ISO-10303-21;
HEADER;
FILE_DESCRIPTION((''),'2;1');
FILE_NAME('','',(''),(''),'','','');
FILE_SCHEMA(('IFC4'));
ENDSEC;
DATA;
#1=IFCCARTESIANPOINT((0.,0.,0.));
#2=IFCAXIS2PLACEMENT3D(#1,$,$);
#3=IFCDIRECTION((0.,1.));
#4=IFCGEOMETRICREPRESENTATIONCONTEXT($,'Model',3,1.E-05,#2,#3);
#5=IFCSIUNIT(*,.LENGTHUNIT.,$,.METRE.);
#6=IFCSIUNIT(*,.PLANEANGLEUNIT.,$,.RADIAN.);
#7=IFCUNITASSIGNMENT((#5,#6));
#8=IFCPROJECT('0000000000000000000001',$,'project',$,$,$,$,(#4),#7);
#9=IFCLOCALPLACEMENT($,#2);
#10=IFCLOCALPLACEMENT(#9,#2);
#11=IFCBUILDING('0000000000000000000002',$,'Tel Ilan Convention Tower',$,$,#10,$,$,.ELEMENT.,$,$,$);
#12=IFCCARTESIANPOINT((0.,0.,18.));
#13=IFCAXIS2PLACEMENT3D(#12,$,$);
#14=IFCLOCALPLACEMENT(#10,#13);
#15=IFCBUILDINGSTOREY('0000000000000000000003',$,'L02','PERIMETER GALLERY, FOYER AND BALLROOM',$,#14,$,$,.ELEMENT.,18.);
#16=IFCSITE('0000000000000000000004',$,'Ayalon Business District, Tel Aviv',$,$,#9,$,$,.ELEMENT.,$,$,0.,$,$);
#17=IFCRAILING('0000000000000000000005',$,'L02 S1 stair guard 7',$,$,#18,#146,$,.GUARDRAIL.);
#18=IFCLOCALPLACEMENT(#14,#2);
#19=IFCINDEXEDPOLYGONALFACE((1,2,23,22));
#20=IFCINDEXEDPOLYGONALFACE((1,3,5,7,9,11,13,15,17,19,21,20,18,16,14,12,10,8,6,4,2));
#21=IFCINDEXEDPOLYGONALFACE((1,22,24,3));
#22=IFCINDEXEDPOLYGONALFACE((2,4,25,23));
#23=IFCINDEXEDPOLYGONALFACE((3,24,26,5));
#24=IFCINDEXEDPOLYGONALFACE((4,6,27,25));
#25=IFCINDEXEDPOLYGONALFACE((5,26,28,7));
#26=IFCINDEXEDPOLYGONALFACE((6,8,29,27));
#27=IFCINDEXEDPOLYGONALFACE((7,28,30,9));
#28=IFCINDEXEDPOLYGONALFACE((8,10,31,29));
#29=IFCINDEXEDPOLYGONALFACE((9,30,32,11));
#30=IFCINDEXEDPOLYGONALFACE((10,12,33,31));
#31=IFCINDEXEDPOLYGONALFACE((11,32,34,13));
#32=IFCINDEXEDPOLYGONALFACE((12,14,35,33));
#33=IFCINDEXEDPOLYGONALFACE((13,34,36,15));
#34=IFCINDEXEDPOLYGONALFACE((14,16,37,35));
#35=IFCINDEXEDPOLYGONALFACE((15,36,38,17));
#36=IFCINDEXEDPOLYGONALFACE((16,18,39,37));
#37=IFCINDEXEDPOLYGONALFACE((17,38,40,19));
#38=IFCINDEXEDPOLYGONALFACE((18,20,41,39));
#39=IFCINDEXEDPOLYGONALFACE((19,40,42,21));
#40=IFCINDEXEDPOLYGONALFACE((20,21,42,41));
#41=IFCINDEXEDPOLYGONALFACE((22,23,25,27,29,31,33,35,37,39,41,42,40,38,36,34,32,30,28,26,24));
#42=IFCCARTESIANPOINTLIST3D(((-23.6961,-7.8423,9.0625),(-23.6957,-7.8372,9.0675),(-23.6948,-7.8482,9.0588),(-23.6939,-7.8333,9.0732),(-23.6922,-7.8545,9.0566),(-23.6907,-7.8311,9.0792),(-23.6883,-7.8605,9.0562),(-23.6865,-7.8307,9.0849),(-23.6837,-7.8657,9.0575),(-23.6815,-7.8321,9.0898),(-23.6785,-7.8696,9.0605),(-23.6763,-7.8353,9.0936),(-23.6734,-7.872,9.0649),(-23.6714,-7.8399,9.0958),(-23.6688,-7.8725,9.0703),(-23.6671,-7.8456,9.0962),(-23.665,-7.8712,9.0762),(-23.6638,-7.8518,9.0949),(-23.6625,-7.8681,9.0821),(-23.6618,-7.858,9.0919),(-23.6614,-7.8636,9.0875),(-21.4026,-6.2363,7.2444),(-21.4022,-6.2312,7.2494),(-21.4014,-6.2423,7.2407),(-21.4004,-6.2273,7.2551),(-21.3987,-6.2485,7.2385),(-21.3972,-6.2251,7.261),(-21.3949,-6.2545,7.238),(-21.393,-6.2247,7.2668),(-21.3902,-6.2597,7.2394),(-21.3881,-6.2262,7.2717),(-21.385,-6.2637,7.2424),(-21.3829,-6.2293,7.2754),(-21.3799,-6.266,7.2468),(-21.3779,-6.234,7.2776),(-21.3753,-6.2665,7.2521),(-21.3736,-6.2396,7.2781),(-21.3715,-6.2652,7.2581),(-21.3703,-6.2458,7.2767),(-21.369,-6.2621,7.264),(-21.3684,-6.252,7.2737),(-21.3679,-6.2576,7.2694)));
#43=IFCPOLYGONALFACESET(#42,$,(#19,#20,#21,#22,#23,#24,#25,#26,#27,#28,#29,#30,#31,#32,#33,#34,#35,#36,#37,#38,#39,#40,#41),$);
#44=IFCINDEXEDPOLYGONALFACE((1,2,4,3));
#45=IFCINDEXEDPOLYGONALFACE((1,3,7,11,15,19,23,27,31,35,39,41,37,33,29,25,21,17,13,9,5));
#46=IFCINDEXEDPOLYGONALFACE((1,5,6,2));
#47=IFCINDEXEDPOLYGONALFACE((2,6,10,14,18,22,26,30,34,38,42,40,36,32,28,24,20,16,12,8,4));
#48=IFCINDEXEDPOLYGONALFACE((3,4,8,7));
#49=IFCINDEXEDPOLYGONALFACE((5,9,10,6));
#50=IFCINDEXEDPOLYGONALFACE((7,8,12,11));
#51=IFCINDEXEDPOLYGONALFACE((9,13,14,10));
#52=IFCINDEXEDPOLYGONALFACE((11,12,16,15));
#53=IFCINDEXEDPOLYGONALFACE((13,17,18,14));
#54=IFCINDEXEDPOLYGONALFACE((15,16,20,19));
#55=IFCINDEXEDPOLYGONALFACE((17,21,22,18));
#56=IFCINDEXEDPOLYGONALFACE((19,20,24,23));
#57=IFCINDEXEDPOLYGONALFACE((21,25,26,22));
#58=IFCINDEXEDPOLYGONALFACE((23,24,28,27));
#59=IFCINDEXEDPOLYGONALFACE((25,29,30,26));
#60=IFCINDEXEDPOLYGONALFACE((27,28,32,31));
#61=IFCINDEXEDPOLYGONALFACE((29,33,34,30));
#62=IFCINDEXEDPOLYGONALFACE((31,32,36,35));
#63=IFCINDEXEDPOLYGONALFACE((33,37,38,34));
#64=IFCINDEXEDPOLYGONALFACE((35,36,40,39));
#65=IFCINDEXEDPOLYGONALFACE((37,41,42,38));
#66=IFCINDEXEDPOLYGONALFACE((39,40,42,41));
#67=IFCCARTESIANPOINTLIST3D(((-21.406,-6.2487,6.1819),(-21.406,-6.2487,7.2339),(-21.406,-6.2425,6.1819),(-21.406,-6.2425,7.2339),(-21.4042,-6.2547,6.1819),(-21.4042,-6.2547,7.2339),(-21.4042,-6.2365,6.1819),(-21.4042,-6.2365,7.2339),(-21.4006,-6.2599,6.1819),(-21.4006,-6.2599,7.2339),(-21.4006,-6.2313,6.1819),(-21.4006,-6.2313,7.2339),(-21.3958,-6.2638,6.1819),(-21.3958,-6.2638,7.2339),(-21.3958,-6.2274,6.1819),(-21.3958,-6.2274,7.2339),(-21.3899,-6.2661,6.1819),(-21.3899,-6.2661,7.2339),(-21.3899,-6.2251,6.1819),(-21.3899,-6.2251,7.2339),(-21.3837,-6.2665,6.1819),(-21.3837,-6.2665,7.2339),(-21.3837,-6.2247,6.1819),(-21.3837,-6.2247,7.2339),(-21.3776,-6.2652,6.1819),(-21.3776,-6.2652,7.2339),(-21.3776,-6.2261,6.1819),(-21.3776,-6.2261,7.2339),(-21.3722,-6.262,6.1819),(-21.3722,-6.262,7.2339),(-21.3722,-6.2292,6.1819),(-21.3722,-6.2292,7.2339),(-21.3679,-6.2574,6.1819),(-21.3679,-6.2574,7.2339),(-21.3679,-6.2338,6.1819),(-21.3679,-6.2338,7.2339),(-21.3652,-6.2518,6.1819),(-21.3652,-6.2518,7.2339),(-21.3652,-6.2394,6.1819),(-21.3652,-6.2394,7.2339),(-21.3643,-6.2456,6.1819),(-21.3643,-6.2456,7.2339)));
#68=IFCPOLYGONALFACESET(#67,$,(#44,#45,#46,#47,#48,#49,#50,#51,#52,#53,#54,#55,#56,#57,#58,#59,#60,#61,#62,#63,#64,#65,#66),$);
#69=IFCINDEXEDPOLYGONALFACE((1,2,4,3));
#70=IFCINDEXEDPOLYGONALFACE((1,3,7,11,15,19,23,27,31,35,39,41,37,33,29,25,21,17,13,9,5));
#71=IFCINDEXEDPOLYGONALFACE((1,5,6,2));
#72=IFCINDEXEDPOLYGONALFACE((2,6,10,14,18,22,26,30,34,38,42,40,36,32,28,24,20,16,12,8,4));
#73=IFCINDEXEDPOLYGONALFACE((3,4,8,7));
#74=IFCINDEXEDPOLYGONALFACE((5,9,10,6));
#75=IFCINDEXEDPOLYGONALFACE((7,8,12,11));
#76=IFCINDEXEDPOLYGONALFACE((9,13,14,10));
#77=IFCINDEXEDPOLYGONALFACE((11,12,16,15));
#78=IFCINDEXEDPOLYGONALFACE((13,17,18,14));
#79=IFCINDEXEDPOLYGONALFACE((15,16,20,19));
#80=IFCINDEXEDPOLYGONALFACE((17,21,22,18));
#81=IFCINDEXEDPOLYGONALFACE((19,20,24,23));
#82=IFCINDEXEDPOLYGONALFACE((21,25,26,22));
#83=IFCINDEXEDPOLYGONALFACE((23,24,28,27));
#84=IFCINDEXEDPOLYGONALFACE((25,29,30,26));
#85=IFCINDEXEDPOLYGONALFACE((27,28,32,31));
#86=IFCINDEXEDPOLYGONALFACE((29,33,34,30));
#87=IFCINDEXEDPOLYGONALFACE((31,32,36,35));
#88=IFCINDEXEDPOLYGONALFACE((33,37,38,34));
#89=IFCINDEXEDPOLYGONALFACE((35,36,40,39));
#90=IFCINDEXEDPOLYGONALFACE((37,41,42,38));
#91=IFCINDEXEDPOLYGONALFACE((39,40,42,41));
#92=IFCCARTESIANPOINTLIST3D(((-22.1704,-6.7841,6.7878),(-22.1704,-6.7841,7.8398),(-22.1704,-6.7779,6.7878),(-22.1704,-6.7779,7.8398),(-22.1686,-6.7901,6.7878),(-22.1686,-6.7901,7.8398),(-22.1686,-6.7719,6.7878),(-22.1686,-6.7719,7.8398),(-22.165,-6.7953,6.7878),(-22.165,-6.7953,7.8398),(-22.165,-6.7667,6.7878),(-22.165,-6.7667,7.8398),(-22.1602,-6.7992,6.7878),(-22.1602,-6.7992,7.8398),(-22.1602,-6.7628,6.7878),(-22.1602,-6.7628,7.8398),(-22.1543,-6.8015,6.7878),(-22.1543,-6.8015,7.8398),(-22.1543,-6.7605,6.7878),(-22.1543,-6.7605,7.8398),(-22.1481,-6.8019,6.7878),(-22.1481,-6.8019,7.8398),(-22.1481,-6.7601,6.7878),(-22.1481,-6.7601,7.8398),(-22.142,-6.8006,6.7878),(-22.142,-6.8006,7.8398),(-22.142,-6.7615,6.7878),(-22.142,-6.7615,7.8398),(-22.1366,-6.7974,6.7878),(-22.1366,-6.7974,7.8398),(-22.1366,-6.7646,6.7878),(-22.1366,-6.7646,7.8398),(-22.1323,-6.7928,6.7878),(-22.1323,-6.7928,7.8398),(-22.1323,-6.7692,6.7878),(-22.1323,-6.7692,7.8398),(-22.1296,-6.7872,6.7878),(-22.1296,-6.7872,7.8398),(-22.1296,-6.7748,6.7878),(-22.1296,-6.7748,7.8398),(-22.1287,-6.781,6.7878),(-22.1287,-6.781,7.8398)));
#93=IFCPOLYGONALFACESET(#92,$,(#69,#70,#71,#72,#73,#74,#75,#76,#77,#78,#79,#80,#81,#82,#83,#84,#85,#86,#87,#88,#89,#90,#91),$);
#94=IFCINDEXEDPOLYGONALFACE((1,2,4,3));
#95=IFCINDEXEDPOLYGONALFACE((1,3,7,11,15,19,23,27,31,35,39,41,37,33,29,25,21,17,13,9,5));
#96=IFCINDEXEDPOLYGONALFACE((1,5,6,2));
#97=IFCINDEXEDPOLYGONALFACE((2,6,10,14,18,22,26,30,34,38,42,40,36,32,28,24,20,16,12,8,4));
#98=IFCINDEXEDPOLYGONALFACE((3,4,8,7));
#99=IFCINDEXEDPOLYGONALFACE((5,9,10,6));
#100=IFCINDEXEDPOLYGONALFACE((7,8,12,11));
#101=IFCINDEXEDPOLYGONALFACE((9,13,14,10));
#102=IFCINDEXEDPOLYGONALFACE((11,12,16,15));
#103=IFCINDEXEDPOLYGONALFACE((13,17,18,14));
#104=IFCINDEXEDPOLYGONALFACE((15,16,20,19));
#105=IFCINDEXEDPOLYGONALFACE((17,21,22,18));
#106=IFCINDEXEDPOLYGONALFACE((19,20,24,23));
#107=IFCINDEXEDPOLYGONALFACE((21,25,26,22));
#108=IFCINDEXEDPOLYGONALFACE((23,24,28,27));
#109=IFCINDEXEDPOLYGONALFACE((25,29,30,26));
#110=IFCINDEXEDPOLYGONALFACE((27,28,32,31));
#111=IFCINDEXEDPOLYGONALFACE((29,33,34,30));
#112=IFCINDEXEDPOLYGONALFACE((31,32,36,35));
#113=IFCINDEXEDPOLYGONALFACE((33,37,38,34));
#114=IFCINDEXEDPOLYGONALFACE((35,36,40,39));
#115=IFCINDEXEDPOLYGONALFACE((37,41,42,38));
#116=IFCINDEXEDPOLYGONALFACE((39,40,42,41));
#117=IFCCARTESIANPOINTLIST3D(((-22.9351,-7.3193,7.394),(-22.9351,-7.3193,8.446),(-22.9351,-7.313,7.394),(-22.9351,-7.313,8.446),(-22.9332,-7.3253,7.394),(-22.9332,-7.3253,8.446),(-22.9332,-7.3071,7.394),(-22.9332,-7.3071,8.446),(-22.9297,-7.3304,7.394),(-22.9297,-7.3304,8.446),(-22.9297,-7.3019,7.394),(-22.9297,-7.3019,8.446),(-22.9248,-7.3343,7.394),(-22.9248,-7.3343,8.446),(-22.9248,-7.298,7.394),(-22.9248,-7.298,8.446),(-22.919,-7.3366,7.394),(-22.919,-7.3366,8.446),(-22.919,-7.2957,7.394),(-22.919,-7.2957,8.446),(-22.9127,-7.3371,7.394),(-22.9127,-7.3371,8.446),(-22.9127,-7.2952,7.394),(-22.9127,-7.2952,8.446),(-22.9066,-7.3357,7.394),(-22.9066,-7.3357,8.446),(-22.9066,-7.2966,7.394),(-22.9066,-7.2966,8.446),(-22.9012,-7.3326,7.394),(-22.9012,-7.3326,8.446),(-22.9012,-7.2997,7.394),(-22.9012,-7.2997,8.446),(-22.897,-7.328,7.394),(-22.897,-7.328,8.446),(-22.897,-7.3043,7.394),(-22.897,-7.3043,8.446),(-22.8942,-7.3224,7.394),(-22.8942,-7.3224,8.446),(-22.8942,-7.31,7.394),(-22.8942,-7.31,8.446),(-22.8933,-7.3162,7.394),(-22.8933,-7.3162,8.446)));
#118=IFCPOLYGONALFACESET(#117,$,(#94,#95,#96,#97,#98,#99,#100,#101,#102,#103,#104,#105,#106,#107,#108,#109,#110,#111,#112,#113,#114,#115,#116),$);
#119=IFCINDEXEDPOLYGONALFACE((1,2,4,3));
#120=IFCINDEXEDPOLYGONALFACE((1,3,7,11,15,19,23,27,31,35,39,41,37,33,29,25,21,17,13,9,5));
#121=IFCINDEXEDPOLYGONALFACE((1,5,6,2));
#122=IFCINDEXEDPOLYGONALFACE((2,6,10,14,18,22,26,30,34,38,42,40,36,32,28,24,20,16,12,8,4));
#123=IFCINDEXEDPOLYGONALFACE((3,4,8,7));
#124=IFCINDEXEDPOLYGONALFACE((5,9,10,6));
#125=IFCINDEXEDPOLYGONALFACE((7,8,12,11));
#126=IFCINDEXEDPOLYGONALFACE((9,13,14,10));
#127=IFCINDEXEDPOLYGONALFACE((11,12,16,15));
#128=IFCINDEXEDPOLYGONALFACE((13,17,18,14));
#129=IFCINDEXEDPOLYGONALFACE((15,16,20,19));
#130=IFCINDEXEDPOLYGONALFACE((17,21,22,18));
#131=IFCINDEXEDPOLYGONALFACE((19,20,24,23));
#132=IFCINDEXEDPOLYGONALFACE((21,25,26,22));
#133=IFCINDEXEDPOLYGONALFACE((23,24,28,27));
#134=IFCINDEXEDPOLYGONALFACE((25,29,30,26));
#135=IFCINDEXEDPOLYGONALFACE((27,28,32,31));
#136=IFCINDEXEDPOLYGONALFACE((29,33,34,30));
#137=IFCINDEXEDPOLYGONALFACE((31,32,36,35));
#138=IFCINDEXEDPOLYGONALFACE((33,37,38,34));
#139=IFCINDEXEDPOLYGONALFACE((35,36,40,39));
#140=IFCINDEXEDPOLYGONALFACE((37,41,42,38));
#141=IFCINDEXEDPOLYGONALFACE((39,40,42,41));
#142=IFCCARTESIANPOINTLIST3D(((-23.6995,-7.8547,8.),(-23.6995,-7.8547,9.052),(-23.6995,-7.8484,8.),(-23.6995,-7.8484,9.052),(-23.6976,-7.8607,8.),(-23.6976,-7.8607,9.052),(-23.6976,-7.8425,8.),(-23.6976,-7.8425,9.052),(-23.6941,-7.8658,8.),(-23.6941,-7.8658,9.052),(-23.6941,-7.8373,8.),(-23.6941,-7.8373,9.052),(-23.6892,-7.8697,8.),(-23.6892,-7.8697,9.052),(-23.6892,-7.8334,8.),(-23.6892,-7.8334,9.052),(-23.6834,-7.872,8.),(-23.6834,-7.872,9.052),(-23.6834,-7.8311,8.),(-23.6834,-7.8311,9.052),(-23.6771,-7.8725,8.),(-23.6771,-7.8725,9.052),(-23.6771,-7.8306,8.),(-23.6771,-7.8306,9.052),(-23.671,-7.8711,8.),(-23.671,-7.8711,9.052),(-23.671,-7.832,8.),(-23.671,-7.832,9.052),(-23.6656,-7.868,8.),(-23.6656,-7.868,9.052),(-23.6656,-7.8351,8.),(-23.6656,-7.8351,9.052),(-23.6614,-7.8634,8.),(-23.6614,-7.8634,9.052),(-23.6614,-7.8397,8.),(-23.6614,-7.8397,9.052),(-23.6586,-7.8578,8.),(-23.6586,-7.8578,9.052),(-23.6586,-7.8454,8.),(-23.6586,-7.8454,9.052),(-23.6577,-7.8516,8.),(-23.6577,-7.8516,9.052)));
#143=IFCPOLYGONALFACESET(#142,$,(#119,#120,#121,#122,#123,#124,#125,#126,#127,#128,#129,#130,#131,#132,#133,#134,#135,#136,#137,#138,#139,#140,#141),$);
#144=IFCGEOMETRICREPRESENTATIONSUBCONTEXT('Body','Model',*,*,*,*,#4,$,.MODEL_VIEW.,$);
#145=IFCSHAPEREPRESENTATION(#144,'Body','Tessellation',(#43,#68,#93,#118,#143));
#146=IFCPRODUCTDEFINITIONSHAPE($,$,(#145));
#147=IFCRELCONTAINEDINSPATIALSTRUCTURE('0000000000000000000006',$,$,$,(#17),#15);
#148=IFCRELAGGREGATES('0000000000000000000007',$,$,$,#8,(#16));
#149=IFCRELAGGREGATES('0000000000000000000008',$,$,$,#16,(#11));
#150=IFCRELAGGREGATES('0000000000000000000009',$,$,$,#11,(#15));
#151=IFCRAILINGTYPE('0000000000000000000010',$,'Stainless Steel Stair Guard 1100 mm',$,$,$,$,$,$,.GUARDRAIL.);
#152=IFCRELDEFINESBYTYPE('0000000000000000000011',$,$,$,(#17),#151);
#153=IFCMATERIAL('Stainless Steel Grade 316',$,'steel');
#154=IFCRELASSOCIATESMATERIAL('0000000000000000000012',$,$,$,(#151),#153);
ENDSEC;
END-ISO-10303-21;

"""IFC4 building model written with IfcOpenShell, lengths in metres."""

from ifc_helpers import new_model, si_unit, direction, frame, origin, origin_2d, place, context, subcontext, project, spatial, circle, extrude, material, type_object, element, save


model = new_model("IFC4")

# Units and contexts
model_context = context("Model", 3, precision=1e-05, world=origin(), true_north=direction((0.0, 1.0)))
body_context = subcontext(model_context, "Body", "Model", "MODEL_VIEW")
ifc_project = project(units=[si_unit("LENGTHUNIT", "METRE"), si_unit("PLANEANGLEUNIT", "RADIAN")], contexts=[model_context])

# Site, building, storey
site_placement = place(None, origin())
site = spatial("IfcSite", under=ifc_project, at=site_placement, Name="Ayalon Business District, Tel Aviv", CompositionType="ELEMENT", RefElevation=0.0)
building_placement = place(site_placement, origin())
building = spatial("IfcBuilding", under=site, at=building_placement, Name="Tel Ilan Convention Tower", CompositionType="ELEMENT")
storey_placement = place(building_placement, frame((0.0, 0.0, 18.0)))
storey = spatial("IfcBuildingStorey", under=building, at=storey_placement, Name="L02", Description="PERIMETER GALLERY, FOYER AND BALLROOM", CompositionType="ELEMENT", Elevation=18.0)

# Railing
ifc_material_1 = material(Name="Stainless Steel Grade 316", Category="steel")
railing_type_1 = type_object("IfcRailingType", Name="Stainless Steel Stair Guard 1100 mm", PredefinedType="GUARDRAIL", material=ifc_material_1)
railing_1_placement = place(storey_placement, frame((-21.3853, -6.2456, 6.1819)))
element("IfcRailing", 1, at=railing_1_placement, inside=storey, type_object=railing_type_1, Name="L02 S1 stair guard 7", PredefinedType="GUARDRAIL", context=body_context, shape_type="SweptSolid", body=[
    extrude(circle(Radius=0.0239, at=origin_2d()), frame((0.0, 0.0, 1.0762), z_axis=(-0.687003, -0.481063, 0.544615), x_axis=(0.573591, -0.819142, 0.0)), (0.0, 0.0, 1.0), 3.3384),
    extrude(circle(Radius=0.021, at=origin_2d()), origin(), (0.0, 0.0, 1.0), 1.052),
    extrude(circle(Radius=0.021, at=origin_2d()), frame((-0.7644, -0.5354, 0.606)), (0.0, 0.0, 1.0), 1.052),
    extrude(circle(Radius=0.021, at=origin_2d()), frame((-1.5291, -1.0706, 1.2122)), (0.0, 0.0, 1.0), 1.052),
    extrude(circle(Radius=0.021, at=origin_2d()), frame((-2.2935, -1.606, 1.8181)), (0.0, 0.0, 1.0), 1.052),
])

save(model, "model.ifc")
